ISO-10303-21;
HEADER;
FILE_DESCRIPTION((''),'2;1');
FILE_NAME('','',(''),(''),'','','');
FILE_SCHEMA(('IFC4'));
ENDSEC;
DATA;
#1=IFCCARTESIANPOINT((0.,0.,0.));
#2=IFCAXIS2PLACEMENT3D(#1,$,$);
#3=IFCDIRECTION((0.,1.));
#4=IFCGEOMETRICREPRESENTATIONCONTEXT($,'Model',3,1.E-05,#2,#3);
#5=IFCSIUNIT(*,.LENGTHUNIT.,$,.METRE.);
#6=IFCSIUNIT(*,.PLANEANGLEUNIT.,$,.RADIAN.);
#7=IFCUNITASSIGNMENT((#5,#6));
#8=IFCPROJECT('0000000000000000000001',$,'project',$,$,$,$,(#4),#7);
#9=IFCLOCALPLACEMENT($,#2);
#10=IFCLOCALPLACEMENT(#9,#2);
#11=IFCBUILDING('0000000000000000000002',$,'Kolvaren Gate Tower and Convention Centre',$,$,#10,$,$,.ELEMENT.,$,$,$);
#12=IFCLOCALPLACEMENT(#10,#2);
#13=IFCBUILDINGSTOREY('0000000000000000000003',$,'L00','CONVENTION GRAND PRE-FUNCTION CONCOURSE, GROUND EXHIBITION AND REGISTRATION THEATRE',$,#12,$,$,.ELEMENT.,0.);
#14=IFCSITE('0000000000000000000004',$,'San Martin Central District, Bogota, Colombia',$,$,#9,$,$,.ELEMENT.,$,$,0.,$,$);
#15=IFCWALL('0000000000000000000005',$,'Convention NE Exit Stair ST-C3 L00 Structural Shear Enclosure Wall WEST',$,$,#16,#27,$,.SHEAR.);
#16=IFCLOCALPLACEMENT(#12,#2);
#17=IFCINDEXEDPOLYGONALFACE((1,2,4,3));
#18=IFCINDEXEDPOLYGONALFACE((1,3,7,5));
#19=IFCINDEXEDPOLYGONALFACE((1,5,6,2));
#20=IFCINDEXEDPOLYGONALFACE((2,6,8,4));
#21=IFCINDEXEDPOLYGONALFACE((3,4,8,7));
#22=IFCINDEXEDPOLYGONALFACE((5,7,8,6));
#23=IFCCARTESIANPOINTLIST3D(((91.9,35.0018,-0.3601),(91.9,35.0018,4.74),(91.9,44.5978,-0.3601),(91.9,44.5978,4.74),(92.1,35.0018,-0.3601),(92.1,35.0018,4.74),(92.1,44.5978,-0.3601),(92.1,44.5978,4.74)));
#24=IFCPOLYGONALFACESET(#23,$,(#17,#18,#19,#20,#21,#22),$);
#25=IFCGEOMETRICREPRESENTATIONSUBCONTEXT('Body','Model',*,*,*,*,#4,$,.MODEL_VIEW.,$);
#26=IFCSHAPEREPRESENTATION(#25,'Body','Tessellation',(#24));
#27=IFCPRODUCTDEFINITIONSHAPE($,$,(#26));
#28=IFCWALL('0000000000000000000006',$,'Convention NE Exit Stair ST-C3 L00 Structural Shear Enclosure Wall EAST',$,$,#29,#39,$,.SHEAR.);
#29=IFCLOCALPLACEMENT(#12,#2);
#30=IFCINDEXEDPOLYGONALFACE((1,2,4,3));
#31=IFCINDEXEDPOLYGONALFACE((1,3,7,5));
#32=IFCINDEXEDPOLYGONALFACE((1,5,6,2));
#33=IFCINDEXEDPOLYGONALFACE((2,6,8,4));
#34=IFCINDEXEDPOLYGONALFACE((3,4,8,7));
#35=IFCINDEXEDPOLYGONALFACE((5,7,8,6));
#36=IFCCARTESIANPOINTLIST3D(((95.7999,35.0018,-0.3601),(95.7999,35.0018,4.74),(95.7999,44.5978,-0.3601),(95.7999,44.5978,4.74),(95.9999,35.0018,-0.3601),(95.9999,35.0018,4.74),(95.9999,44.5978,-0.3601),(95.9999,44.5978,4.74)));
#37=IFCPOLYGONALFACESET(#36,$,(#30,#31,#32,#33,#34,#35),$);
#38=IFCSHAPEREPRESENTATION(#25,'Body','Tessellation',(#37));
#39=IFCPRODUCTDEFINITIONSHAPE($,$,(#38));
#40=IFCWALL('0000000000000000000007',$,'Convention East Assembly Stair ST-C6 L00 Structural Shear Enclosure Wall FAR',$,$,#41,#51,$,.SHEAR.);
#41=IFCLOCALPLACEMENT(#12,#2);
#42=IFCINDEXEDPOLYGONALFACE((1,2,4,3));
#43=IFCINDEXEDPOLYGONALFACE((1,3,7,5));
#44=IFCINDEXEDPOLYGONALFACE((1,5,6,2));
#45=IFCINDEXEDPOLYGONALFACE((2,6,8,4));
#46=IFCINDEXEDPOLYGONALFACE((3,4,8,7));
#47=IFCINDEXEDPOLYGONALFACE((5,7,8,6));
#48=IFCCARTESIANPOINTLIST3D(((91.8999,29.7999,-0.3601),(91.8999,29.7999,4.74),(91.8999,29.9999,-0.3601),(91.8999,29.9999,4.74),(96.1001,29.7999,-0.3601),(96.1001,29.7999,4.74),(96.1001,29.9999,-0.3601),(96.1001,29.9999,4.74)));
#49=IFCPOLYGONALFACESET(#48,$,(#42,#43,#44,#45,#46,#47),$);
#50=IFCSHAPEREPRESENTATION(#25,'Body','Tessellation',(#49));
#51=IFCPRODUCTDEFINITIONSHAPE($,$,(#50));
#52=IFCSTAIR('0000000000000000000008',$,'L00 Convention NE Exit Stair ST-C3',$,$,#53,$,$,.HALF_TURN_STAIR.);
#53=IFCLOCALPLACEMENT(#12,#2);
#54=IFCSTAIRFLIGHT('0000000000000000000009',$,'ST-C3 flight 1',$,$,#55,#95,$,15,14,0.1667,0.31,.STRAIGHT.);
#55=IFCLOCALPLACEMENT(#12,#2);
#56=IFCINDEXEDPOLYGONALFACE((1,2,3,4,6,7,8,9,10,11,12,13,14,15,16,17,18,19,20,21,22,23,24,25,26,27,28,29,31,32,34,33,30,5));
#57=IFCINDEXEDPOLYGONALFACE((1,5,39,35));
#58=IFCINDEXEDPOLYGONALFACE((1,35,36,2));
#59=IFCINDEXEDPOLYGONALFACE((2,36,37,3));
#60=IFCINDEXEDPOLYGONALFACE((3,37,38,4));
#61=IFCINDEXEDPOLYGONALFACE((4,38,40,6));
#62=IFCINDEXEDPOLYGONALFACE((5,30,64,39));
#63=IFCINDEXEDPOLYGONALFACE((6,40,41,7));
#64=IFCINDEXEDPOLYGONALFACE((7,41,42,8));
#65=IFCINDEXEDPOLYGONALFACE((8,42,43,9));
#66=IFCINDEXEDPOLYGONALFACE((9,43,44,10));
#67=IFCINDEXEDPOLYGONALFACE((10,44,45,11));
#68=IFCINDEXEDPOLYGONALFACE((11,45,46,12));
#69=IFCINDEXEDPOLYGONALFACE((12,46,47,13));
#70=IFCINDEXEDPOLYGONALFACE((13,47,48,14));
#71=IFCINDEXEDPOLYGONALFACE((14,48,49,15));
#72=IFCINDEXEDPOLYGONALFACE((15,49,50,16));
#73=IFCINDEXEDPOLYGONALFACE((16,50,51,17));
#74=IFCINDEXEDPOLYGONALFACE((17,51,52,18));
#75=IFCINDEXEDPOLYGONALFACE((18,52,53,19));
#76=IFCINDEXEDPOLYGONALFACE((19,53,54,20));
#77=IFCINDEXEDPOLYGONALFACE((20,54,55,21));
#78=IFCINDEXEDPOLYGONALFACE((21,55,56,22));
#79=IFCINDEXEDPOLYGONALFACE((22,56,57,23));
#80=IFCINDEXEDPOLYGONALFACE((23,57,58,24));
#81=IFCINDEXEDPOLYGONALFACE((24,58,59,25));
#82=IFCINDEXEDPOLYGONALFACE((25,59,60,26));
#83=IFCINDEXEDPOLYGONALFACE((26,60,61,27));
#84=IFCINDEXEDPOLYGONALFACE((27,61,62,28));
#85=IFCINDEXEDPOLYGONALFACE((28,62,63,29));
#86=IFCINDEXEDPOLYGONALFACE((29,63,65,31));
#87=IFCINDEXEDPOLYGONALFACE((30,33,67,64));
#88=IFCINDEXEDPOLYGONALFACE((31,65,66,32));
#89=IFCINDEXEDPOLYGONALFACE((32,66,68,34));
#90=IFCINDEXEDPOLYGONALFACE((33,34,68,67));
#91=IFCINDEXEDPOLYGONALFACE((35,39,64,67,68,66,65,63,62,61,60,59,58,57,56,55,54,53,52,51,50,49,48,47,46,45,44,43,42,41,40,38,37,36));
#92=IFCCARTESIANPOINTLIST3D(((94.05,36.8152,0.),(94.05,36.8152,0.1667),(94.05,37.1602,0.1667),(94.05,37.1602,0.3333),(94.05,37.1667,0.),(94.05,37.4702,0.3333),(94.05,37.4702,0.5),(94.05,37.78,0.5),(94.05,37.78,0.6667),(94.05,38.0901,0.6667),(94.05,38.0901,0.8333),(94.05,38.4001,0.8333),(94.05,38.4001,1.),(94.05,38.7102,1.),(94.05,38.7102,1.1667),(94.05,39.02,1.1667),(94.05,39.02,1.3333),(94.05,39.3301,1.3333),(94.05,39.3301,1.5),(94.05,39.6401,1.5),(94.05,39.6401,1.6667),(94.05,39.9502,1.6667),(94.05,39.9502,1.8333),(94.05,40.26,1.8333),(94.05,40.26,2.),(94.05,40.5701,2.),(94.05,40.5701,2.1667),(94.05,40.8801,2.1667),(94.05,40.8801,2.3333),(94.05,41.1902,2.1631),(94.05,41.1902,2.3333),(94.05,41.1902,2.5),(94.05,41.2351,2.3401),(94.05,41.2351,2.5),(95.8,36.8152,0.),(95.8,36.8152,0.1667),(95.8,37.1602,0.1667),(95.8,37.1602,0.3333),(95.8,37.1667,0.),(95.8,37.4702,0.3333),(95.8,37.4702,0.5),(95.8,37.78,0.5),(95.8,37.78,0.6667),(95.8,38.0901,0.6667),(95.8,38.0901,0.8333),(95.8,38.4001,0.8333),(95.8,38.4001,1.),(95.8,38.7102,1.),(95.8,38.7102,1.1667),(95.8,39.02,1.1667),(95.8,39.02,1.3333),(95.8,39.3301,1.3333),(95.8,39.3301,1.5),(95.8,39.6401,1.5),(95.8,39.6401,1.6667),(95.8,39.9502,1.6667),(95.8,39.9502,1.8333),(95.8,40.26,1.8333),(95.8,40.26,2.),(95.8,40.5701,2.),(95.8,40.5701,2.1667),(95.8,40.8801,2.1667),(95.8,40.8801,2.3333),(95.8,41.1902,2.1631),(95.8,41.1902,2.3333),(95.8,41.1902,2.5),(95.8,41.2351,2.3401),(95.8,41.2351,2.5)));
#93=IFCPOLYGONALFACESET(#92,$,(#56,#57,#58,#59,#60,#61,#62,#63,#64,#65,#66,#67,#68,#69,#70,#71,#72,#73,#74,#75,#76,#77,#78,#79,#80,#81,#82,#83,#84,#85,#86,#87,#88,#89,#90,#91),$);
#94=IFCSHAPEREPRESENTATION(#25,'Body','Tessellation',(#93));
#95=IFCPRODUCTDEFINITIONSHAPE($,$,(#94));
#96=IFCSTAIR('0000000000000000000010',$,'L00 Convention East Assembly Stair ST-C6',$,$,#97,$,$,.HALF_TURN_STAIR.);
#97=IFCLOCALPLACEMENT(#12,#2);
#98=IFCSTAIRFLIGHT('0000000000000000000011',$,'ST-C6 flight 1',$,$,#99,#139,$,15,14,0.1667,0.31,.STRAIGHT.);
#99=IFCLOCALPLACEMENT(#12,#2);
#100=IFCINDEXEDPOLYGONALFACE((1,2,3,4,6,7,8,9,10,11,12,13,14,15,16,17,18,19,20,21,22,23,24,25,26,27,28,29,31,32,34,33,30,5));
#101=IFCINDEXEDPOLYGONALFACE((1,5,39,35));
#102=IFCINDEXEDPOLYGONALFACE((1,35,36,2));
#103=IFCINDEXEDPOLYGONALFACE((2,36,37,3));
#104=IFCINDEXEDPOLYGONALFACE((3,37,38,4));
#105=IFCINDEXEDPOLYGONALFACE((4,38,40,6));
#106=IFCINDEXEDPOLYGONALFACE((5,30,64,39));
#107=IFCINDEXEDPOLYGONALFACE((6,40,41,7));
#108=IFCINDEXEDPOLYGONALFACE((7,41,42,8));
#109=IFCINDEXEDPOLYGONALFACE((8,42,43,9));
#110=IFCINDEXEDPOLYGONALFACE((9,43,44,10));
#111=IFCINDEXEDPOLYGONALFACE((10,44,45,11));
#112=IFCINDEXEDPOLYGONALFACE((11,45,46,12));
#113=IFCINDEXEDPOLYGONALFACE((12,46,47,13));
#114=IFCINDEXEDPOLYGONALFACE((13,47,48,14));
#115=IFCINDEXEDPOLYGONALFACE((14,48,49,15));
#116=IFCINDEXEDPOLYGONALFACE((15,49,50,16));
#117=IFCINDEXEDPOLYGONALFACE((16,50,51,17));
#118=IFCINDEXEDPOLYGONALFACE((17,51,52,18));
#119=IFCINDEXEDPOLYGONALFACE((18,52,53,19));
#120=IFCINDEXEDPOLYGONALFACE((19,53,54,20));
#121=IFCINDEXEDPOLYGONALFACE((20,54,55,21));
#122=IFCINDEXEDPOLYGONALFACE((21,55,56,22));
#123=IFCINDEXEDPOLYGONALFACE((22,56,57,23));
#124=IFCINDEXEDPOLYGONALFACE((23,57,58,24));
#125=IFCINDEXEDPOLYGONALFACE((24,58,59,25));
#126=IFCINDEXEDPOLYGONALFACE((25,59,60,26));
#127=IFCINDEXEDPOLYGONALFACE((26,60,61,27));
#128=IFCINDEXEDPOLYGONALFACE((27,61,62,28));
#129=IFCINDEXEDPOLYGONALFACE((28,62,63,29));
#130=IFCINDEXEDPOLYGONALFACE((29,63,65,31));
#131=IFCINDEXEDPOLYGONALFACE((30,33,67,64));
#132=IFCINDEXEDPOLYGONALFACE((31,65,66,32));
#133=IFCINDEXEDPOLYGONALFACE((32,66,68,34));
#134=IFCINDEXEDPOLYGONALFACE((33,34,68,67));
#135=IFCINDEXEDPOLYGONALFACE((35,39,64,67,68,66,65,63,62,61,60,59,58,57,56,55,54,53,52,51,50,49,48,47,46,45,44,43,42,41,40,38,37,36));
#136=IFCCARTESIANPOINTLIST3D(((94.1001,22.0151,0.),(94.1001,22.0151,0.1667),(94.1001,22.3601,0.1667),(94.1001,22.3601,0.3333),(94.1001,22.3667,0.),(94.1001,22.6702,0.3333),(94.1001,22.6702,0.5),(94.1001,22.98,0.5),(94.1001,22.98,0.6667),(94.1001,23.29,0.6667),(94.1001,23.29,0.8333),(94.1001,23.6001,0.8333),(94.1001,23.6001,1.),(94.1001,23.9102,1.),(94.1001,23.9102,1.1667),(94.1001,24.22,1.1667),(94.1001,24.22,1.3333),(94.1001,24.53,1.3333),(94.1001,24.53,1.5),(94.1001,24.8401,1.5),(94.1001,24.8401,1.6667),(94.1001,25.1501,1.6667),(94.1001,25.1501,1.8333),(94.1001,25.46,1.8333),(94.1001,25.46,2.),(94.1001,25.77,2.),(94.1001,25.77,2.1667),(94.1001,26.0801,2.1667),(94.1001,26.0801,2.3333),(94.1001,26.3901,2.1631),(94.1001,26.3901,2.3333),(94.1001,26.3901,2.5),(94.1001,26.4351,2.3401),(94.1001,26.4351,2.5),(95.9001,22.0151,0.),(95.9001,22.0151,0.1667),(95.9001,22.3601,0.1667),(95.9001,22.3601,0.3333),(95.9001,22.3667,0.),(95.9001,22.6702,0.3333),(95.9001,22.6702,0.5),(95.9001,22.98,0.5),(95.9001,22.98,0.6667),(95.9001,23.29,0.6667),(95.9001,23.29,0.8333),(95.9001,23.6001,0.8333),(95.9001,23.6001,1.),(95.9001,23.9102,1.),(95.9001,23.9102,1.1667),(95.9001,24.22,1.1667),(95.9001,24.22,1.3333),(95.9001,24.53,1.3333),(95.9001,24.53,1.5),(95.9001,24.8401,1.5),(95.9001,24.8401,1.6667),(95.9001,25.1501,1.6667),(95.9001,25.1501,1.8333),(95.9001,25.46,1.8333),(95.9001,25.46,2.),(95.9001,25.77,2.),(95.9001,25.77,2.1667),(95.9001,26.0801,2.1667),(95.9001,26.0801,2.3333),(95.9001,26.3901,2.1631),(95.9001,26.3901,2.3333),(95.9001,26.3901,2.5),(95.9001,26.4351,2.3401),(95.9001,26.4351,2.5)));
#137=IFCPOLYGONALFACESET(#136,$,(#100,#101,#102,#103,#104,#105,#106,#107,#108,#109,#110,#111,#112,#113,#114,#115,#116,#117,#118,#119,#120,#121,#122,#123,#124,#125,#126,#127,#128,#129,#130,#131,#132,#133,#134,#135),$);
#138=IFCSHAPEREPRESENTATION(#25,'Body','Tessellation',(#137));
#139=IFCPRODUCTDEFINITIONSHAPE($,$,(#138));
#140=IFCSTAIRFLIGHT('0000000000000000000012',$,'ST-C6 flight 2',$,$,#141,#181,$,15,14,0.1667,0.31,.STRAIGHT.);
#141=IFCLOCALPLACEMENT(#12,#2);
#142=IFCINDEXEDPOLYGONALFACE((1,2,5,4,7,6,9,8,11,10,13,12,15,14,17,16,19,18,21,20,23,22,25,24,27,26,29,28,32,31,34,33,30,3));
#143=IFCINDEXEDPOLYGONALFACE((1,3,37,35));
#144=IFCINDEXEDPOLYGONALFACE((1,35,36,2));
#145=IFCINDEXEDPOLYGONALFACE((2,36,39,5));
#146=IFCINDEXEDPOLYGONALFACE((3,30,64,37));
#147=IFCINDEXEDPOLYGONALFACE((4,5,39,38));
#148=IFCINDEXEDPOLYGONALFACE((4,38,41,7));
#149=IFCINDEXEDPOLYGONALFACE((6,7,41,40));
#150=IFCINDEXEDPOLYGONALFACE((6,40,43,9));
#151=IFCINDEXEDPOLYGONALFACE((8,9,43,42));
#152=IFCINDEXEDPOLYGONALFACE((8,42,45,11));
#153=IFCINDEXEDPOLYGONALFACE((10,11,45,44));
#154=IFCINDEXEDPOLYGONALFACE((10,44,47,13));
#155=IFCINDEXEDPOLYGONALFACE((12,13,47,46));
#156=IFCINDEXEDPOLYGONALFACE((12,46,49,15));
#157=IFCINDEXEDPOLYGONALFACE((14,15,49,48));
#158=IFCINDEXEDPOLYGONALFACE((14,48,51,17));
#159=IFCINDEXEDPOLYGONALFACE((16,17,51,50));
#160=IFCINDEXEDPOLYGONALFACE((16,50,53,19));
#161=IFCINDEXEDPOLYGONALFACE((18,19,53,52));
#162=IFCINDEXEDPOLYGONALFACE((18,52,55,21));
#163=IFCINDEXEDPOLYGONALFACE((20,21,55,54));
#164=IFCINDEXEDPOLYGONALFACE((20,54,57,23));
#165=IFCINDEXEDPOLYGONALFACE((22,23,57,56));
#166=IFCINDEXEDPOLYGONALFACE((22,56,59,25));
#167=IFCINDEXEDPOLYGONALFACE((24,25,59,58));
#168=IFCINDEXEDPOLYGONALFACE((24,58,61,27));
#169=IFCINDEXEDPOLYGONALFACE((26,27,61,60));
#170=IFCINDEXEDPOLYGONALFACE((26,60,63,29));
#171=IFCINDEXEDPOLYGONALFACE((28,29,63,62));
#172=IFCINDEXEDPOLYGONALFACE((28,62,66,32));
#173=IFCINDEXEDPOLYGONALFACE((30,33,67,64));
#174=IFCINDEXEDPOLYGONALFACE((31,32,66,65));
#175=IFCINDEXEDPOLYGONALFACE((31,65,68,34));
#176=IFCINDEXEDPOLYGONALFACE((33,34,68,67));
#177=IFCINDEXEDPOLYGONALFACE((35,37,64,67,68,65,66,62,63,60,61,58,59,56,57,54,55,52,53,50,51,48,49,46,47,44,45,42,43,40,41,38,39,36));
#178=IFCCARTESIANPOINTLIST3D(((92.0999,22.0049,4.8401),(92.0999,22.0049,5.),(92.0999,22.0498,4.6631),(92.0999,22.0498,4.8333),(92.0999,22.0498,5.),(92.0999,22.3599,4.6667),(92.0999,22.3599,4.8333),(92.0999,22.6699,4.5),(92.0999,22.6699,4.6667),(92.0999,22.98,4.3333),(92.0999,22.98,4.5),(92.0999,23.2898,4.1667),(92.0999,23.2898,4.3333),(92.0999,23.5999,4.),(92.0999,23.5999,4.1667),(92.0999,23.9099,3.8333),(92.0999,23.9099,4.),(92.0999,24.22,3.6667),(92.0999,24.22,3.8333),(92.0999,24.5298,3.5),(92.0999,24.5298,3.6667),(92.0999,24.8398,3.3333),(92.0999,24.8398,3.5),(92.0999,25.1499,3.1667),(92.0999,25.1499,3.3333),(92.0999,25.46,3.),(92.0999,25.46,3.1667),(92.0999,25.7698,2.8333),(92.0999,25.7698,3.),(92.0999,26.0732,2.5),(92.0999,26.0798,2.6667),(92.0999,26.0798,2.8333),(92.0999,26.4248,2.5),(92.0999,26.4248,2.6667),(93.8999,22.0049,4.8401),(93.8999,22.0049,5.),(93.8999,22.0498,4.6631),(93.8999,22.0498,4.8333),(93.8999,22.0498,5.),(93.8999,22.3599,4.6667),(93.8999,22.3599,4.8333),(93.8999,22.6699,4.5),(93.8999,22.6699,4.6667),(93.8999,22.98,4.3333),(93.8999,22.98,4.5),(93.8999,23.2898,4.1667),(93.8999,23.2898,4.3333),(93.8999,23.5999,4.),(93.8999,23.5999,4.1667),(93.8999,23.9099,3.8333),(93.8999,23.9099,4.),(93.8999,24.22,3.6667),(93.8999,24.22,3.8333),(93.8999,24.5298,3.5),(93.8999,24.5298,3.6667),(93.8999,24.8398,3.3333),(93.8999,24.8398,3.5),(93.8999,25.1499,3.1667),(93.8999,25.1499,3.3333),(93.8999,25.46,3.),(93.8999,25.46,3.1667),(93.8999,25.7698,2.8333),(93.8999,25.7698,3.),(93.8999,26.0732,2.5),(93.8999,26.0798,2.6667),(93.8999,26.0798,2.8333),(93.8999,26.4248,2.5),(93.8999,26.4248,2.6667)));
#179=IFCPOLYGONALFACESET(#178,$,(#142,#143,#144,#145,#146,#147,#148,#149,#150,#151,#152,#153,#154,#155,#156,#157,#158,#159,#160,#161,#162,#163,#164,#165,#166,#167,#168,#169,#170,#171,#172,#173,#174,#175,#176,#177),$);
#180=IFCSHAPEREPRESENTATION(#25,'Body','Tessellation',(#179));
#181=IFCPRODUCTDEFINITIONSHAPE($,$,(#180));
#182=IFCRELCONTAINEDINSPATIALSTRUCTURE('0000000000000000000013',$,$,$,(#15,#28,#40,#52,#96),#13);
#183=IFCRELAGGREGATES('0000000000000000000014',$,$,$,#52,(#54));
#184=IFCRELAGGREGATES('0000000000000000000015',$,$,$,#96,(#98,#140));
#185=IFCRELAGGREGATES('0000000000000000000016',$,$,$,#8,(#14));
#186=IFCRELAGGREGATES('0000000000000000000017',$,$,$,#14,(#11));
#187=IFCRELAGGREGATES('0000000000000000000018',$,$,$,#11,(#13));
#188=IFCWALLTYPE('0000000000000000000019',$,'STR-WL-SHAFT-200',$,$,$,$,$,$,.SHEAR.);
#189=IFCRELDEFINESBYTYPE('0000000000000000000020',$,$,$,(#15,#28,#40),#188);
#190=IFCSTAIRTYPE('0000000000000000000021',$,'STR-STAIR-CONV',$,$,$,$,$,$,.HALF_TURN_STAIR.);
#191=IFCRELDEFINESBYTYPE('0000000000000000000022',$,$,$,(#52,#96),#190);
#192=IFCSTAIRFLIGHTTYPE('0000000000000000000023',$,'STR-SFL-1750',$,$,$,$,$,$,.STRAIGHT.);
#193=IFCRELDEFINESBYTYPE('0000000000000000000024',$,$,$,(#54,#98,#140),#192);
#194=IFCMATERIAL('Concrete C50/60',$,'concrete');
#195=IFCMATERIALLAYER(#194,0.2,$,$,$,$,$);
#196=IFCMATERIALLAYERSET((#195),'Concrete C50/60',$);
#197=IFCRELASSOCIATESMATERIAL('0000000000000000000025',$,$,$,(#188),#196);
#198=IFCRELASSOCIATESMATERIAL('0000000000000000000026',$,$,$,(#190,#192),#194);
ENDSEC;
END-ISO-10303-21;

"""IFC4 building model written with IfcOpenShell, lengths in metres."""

from ifc_helpers import new_model, si_unit, direction, frame, frame_2d, origin, place, context, subcontext, project, spatial, polyline, rectangle, outline, extrude, material, layer, layer_set, type_object, element, aggregate, save


model = new_model("IFC4")

# Units and contexts
model_context = context("Model", 3, precision=1e-05, world=origin(), true_north=direction((0.0, 1.0)))
body_context = subcontext(model_context, "Body", "Model", "MODEL_VIEW")
ifc_project = project(units=[si_unit("LENGTHUNIT", "METRE"), si_unit("PLANEANGLEUNIT", "RADIAN")], contexts=[model_context])

# Site, building, storey
site_placement = place(None, origin())
site = spatial("IfcSite", under=ifc_project, at=site_placement, Name="San Martin Central District, Bogota, Colombia", CompositionType="ELEMENT", RefElevation=0.0)
building_placement = place(site_placement, origin())
building = spatial("IfcBuilding", under=site, at=building_placement, Name="Kolvaren Gate Tower and Convention Centre", CompositionType="ELEMENT")
storey_placement = place(building_placement, origin())
storey = spatial("IfcBuildingStorey", under=building, at=storey_placement, Name="L00", Description="CONVENTION GRAND PRE-FUNCTION CONCOURSE, GROUND EXHIBITION AND REGISTRATION THEATRE", CompositionType="ELEMENT", Elevation=0.0)

# Shared definitions
ifc_material_1 = material(Name="Concrete C50/60", Category="concrete")
ifc_layer_1 = layer(ifc_material_1, 0.2)
ifc_layer_set_1 = layer_set([ifc_layer_1], Name="Concrete C50/60")
wall_type_1 = type_object("IfcWallType", Name="STR-WL-SHAFT-200", PredefinedType="SHEAR", material=ifc_layer_set_1)

# Walls
for number, where, z_axis, x_axis, name in (
    (1, (92.0, 35.002, -0.3601), (0.0, 0.0, 1.0), (0.0, 1.0, 0.0), "Convention NE Exit Stair ST-C3 L00 Structural Shear Enclosure Wall WEST"),
    (2, (95.8999, 35.002, -0.3601), (0.0, 0.0, 1.0), (0.0, 1.0, 0.0), "Convention NE Exit Stair ST-C3 L00 Structural Shear Enclosure Wall EAST"),
):
    element("IfcWall", number, at=place(storey_placement, frame(where, z_axis=z_axis, x_axis=x_axis)), inside=storey, type_object=wall_type_1, Name=name, PredefinedType="SHEAR", context=body_context, shape_type="SweptSolid", body=[
        extrude(rectangle(XDim=9.5959, YDim=0.2, at=frame_2d((4.7979, 0.0))), origin(), (0.0, 0.0, 1.0), 5.1001),
    ])
wall_1_placement = place(storey_placement, frame((91.8999, 29.8999, -0.3601), z_axis=(0.0, 0.0, 1.0), x_axis=(1.0, 0.0, 0.0)))
element("IfcWall", 3, at=wall_1_placement, inside=storey, type_object=wall_type_1, Name="Convention East Assembly Stair ST-C6 L00 Structural Shear Enclosure Wall FAR", PredefinedType="SHEAR", context=body_context, shape_type="SweptSolid", body=[
    extrude(rectangle(XDim=4.2002, YDim=0.2, at=frame_2d((2.1001, 0.0))), origin(), (0.0, 0.0, 1.0), 5.1001),
])

# Stair, stair flight
stair_type = type_object("IfcStairType", Name="STR-STAIR-CONV", PredefinedType="HALF_TURN_STAIR", material=ifc_material_1)
stair_1_placement = place(storey_placement, origin())
stair_1 = element("IfcStair", 4, at=stair_1_placement, inside=storey, type_object=stair_type, Name="L00 Convention NE Exit Stair ST-C3", PredefinedType="HALF_TURN_STAIR")
stair_flight_type = type_object("IfcStairFlightType", Name="STR-SFL-1750", PredefinedType="STRAIGHT", material=ifc_material_1)
stair_flight_1_placement = place(storey_placement, frame((94.925, 36.8501, 0.0), z_axis=(0.0, 0.0, 1.0), x_axis=(0.0, 1.0, 0.0)))
stair_flight_1 = element("IfcStairFlight", 5, at=stair_flight_1_placement, type_object=stair_flight_type, Name="ST-C3 flight 1", NumberOfRisers=15, NumberOfTreads=14, PredefinedType="STRAIGHT", RiserHeight=0.1667, TreadLength=0.31, context=body_context, shape_type="SweptSolid", body=[
    extrude(outline(polyline([(-0.0349, 0.0), (-0.0349, 0.1667), (0.3101, 0.1667), (0.3101, 0.3333), (0.6201, 0.3333), (0.6201, 0.5), (0.9299, 0.5), (0.9299, 0.6667), (1.24, 0.6667), (1.24, 0.8333), (1.55, 0.8333), (1.55, 1.0), (1.8601, 1.0), (1.8601, 1.1667), (2.1699, 1.1667), (2.1699, 1.3333), (2.48, 1.3333), (2.48, 1.5), (2.79, 1.5), (2.79, 1.6667), (3.1001, 1.6667), (3.1001, 1.8333), (3.4099, 1.8333), (3.4099, 2.0), (3.72, 2.0), (3.72, 2.1667), (4.03, 2.1667), (4.03, 2.3333), (4.3401, 2.3333), (4.3401, 2.5), (4.385, 2.5), (4.385, 2.3401), (4.3401, 2.1631), (0.3167, 0.0), (-0.0349, 0.0)])), frame((0.0, 0.875, 0.0), z_axis=(0.0, -1.0, 0.0), x_axis=(1.0, 0.0, 0.0)), (0.0, 0.0, 1.0), 1.75),
])
aggregate(stair_1, [stair_flight_1])

# Stair, stair flights
stair_2_placement = place(storey_placement, origin())
stair_2 = element("IfcStair", 6, at=stair_2_placement, inside=storey, type_object=stair_type, Name="L00 Convention East Assembly Stair ST-C6", PredefinedType="HALF_TURN_STAIR")
stair_flight_2_placement = place(storey_placement, frame((95.0, 22.05, 0.0), z_axis=(0.0, 0.0, 1.0), x_axis=(0.0, 1.0, 0.0)))
stair_flight_2 = element("IfcStairFlight", 7, at=stair_flight_2_placement, type_object=stair_flight_type, Name="ST-C6 flight 1", NumberOfRisers=15, NumberOfTreads=14, PredefinedType="STRAIGHT", RiserHeight=0.1667, TreadLength=0.31, context=body_context, shape_type="SweptSolid", body=[
    extrude(outline(polyline([(-0.0349, 0.0), (-0.0349, 0.1667), (0.3101, 0.1667), (0.3101, 0.3333), (0.6201, 0.3333), (0.6201, 0.5), (0.9299, 0.5), (0.9299, 0.6667), (1.24, 0.6667), (1.24, 0.8333), (1.55, 0.8333), (1.55, 1.0), (1.8601, 1.0), (1.8601, 1.1667), (2.1699, 1.1667), (2.1699, 1.3333), (2.48, 1.3333), (2.48, 1.5), (2.79, 1.5), (2.79, 1.6667), (3.1001, 1.6667), (3.1001, 1.8333), (3.4099, 1.8333), (3.4099, 2.0), (3.72, 2.0), (3.72, 2.1667), (4.03, 2.1667), (4.03, 2.3333), (4.3401, 2.3333), (4.3401, 2.5), (4.385, 2.5), (4.385, 2.3401), (4.3401, 2.1631), (0.3167, 0.0), (-0.0349, 0.0)])), frame((0.0, 0.8999, 0.0), z_axis=(0.0, -1.0, 0.0), x_axis=(1.0, 0.0, 0.0)), (0.0, 0.0, 1.0), 1.8),
])
stair_flight_3_placement = place(storey_placement, frame((93.0, 26.3899, 2.5), z_axis=(0.0, 0.0, 1.0), x_axis=(0.0, -1.0, 0.0)))
stair_flight_3 = element("IfcStairFlight", 8, at=stair_flight_3_placement, type_object=stair_flight_type, Name="ST-C6 flight 2", NumberOfRisers=15, NumberOfTreads=14, PredefinedType="STRAIGHT", RiserHeight=0.1667, TreadLength=0.31, context=body_context, shape_type="SweptSolid", body=[
    extrude(outline(polyline([(-0.0349, 0.0), (-0.0349, 0.1667), (0.3101, 0.1667), (0.3101, 0.3333), (0.6201, 0.3333), (0.6201, 0.5), (0.9299, 0.5), (0.9299, 0.6667), (1.24, 0.6667), (1.24, 0.8333), (1.55, 0.8333), (1.55, 1.0), (1.8601, 1.0), (1.8601, 1.1667), (2.1699, 1.1667), (2.1699, 1.3333), (2.48, 1.3333), (2.48, 1.5), (2.79, 1.5), (2.79, 1.6667), (3.1001, 1.6667), (3.1001, 1.8333), (3.4099, 1.8333), (3.4099, 2.0), (3.72, 2.0), (3.72, 2.1667), (4.03, 2.1667), (4.03, 2.3333), (4.3401, 2.3333), (4.3401, 2.5), (4.385, 2.5), (4.385, 2.3401), (4.3401, 2.1631), (0.3167, 0.0), (-0.0349, 0.0)])), frame((0.0, 0.8999, 0.0), z_axis=(0.0, -1.0, 0.0), x_axis=(1.0, 0.0, 0.0)), (0.0, 0.0, 1.0), 1.8),
])
aggregate(stair_2, [stair_flight_2, stair_flight_3])

save(model, "model.ifc")
